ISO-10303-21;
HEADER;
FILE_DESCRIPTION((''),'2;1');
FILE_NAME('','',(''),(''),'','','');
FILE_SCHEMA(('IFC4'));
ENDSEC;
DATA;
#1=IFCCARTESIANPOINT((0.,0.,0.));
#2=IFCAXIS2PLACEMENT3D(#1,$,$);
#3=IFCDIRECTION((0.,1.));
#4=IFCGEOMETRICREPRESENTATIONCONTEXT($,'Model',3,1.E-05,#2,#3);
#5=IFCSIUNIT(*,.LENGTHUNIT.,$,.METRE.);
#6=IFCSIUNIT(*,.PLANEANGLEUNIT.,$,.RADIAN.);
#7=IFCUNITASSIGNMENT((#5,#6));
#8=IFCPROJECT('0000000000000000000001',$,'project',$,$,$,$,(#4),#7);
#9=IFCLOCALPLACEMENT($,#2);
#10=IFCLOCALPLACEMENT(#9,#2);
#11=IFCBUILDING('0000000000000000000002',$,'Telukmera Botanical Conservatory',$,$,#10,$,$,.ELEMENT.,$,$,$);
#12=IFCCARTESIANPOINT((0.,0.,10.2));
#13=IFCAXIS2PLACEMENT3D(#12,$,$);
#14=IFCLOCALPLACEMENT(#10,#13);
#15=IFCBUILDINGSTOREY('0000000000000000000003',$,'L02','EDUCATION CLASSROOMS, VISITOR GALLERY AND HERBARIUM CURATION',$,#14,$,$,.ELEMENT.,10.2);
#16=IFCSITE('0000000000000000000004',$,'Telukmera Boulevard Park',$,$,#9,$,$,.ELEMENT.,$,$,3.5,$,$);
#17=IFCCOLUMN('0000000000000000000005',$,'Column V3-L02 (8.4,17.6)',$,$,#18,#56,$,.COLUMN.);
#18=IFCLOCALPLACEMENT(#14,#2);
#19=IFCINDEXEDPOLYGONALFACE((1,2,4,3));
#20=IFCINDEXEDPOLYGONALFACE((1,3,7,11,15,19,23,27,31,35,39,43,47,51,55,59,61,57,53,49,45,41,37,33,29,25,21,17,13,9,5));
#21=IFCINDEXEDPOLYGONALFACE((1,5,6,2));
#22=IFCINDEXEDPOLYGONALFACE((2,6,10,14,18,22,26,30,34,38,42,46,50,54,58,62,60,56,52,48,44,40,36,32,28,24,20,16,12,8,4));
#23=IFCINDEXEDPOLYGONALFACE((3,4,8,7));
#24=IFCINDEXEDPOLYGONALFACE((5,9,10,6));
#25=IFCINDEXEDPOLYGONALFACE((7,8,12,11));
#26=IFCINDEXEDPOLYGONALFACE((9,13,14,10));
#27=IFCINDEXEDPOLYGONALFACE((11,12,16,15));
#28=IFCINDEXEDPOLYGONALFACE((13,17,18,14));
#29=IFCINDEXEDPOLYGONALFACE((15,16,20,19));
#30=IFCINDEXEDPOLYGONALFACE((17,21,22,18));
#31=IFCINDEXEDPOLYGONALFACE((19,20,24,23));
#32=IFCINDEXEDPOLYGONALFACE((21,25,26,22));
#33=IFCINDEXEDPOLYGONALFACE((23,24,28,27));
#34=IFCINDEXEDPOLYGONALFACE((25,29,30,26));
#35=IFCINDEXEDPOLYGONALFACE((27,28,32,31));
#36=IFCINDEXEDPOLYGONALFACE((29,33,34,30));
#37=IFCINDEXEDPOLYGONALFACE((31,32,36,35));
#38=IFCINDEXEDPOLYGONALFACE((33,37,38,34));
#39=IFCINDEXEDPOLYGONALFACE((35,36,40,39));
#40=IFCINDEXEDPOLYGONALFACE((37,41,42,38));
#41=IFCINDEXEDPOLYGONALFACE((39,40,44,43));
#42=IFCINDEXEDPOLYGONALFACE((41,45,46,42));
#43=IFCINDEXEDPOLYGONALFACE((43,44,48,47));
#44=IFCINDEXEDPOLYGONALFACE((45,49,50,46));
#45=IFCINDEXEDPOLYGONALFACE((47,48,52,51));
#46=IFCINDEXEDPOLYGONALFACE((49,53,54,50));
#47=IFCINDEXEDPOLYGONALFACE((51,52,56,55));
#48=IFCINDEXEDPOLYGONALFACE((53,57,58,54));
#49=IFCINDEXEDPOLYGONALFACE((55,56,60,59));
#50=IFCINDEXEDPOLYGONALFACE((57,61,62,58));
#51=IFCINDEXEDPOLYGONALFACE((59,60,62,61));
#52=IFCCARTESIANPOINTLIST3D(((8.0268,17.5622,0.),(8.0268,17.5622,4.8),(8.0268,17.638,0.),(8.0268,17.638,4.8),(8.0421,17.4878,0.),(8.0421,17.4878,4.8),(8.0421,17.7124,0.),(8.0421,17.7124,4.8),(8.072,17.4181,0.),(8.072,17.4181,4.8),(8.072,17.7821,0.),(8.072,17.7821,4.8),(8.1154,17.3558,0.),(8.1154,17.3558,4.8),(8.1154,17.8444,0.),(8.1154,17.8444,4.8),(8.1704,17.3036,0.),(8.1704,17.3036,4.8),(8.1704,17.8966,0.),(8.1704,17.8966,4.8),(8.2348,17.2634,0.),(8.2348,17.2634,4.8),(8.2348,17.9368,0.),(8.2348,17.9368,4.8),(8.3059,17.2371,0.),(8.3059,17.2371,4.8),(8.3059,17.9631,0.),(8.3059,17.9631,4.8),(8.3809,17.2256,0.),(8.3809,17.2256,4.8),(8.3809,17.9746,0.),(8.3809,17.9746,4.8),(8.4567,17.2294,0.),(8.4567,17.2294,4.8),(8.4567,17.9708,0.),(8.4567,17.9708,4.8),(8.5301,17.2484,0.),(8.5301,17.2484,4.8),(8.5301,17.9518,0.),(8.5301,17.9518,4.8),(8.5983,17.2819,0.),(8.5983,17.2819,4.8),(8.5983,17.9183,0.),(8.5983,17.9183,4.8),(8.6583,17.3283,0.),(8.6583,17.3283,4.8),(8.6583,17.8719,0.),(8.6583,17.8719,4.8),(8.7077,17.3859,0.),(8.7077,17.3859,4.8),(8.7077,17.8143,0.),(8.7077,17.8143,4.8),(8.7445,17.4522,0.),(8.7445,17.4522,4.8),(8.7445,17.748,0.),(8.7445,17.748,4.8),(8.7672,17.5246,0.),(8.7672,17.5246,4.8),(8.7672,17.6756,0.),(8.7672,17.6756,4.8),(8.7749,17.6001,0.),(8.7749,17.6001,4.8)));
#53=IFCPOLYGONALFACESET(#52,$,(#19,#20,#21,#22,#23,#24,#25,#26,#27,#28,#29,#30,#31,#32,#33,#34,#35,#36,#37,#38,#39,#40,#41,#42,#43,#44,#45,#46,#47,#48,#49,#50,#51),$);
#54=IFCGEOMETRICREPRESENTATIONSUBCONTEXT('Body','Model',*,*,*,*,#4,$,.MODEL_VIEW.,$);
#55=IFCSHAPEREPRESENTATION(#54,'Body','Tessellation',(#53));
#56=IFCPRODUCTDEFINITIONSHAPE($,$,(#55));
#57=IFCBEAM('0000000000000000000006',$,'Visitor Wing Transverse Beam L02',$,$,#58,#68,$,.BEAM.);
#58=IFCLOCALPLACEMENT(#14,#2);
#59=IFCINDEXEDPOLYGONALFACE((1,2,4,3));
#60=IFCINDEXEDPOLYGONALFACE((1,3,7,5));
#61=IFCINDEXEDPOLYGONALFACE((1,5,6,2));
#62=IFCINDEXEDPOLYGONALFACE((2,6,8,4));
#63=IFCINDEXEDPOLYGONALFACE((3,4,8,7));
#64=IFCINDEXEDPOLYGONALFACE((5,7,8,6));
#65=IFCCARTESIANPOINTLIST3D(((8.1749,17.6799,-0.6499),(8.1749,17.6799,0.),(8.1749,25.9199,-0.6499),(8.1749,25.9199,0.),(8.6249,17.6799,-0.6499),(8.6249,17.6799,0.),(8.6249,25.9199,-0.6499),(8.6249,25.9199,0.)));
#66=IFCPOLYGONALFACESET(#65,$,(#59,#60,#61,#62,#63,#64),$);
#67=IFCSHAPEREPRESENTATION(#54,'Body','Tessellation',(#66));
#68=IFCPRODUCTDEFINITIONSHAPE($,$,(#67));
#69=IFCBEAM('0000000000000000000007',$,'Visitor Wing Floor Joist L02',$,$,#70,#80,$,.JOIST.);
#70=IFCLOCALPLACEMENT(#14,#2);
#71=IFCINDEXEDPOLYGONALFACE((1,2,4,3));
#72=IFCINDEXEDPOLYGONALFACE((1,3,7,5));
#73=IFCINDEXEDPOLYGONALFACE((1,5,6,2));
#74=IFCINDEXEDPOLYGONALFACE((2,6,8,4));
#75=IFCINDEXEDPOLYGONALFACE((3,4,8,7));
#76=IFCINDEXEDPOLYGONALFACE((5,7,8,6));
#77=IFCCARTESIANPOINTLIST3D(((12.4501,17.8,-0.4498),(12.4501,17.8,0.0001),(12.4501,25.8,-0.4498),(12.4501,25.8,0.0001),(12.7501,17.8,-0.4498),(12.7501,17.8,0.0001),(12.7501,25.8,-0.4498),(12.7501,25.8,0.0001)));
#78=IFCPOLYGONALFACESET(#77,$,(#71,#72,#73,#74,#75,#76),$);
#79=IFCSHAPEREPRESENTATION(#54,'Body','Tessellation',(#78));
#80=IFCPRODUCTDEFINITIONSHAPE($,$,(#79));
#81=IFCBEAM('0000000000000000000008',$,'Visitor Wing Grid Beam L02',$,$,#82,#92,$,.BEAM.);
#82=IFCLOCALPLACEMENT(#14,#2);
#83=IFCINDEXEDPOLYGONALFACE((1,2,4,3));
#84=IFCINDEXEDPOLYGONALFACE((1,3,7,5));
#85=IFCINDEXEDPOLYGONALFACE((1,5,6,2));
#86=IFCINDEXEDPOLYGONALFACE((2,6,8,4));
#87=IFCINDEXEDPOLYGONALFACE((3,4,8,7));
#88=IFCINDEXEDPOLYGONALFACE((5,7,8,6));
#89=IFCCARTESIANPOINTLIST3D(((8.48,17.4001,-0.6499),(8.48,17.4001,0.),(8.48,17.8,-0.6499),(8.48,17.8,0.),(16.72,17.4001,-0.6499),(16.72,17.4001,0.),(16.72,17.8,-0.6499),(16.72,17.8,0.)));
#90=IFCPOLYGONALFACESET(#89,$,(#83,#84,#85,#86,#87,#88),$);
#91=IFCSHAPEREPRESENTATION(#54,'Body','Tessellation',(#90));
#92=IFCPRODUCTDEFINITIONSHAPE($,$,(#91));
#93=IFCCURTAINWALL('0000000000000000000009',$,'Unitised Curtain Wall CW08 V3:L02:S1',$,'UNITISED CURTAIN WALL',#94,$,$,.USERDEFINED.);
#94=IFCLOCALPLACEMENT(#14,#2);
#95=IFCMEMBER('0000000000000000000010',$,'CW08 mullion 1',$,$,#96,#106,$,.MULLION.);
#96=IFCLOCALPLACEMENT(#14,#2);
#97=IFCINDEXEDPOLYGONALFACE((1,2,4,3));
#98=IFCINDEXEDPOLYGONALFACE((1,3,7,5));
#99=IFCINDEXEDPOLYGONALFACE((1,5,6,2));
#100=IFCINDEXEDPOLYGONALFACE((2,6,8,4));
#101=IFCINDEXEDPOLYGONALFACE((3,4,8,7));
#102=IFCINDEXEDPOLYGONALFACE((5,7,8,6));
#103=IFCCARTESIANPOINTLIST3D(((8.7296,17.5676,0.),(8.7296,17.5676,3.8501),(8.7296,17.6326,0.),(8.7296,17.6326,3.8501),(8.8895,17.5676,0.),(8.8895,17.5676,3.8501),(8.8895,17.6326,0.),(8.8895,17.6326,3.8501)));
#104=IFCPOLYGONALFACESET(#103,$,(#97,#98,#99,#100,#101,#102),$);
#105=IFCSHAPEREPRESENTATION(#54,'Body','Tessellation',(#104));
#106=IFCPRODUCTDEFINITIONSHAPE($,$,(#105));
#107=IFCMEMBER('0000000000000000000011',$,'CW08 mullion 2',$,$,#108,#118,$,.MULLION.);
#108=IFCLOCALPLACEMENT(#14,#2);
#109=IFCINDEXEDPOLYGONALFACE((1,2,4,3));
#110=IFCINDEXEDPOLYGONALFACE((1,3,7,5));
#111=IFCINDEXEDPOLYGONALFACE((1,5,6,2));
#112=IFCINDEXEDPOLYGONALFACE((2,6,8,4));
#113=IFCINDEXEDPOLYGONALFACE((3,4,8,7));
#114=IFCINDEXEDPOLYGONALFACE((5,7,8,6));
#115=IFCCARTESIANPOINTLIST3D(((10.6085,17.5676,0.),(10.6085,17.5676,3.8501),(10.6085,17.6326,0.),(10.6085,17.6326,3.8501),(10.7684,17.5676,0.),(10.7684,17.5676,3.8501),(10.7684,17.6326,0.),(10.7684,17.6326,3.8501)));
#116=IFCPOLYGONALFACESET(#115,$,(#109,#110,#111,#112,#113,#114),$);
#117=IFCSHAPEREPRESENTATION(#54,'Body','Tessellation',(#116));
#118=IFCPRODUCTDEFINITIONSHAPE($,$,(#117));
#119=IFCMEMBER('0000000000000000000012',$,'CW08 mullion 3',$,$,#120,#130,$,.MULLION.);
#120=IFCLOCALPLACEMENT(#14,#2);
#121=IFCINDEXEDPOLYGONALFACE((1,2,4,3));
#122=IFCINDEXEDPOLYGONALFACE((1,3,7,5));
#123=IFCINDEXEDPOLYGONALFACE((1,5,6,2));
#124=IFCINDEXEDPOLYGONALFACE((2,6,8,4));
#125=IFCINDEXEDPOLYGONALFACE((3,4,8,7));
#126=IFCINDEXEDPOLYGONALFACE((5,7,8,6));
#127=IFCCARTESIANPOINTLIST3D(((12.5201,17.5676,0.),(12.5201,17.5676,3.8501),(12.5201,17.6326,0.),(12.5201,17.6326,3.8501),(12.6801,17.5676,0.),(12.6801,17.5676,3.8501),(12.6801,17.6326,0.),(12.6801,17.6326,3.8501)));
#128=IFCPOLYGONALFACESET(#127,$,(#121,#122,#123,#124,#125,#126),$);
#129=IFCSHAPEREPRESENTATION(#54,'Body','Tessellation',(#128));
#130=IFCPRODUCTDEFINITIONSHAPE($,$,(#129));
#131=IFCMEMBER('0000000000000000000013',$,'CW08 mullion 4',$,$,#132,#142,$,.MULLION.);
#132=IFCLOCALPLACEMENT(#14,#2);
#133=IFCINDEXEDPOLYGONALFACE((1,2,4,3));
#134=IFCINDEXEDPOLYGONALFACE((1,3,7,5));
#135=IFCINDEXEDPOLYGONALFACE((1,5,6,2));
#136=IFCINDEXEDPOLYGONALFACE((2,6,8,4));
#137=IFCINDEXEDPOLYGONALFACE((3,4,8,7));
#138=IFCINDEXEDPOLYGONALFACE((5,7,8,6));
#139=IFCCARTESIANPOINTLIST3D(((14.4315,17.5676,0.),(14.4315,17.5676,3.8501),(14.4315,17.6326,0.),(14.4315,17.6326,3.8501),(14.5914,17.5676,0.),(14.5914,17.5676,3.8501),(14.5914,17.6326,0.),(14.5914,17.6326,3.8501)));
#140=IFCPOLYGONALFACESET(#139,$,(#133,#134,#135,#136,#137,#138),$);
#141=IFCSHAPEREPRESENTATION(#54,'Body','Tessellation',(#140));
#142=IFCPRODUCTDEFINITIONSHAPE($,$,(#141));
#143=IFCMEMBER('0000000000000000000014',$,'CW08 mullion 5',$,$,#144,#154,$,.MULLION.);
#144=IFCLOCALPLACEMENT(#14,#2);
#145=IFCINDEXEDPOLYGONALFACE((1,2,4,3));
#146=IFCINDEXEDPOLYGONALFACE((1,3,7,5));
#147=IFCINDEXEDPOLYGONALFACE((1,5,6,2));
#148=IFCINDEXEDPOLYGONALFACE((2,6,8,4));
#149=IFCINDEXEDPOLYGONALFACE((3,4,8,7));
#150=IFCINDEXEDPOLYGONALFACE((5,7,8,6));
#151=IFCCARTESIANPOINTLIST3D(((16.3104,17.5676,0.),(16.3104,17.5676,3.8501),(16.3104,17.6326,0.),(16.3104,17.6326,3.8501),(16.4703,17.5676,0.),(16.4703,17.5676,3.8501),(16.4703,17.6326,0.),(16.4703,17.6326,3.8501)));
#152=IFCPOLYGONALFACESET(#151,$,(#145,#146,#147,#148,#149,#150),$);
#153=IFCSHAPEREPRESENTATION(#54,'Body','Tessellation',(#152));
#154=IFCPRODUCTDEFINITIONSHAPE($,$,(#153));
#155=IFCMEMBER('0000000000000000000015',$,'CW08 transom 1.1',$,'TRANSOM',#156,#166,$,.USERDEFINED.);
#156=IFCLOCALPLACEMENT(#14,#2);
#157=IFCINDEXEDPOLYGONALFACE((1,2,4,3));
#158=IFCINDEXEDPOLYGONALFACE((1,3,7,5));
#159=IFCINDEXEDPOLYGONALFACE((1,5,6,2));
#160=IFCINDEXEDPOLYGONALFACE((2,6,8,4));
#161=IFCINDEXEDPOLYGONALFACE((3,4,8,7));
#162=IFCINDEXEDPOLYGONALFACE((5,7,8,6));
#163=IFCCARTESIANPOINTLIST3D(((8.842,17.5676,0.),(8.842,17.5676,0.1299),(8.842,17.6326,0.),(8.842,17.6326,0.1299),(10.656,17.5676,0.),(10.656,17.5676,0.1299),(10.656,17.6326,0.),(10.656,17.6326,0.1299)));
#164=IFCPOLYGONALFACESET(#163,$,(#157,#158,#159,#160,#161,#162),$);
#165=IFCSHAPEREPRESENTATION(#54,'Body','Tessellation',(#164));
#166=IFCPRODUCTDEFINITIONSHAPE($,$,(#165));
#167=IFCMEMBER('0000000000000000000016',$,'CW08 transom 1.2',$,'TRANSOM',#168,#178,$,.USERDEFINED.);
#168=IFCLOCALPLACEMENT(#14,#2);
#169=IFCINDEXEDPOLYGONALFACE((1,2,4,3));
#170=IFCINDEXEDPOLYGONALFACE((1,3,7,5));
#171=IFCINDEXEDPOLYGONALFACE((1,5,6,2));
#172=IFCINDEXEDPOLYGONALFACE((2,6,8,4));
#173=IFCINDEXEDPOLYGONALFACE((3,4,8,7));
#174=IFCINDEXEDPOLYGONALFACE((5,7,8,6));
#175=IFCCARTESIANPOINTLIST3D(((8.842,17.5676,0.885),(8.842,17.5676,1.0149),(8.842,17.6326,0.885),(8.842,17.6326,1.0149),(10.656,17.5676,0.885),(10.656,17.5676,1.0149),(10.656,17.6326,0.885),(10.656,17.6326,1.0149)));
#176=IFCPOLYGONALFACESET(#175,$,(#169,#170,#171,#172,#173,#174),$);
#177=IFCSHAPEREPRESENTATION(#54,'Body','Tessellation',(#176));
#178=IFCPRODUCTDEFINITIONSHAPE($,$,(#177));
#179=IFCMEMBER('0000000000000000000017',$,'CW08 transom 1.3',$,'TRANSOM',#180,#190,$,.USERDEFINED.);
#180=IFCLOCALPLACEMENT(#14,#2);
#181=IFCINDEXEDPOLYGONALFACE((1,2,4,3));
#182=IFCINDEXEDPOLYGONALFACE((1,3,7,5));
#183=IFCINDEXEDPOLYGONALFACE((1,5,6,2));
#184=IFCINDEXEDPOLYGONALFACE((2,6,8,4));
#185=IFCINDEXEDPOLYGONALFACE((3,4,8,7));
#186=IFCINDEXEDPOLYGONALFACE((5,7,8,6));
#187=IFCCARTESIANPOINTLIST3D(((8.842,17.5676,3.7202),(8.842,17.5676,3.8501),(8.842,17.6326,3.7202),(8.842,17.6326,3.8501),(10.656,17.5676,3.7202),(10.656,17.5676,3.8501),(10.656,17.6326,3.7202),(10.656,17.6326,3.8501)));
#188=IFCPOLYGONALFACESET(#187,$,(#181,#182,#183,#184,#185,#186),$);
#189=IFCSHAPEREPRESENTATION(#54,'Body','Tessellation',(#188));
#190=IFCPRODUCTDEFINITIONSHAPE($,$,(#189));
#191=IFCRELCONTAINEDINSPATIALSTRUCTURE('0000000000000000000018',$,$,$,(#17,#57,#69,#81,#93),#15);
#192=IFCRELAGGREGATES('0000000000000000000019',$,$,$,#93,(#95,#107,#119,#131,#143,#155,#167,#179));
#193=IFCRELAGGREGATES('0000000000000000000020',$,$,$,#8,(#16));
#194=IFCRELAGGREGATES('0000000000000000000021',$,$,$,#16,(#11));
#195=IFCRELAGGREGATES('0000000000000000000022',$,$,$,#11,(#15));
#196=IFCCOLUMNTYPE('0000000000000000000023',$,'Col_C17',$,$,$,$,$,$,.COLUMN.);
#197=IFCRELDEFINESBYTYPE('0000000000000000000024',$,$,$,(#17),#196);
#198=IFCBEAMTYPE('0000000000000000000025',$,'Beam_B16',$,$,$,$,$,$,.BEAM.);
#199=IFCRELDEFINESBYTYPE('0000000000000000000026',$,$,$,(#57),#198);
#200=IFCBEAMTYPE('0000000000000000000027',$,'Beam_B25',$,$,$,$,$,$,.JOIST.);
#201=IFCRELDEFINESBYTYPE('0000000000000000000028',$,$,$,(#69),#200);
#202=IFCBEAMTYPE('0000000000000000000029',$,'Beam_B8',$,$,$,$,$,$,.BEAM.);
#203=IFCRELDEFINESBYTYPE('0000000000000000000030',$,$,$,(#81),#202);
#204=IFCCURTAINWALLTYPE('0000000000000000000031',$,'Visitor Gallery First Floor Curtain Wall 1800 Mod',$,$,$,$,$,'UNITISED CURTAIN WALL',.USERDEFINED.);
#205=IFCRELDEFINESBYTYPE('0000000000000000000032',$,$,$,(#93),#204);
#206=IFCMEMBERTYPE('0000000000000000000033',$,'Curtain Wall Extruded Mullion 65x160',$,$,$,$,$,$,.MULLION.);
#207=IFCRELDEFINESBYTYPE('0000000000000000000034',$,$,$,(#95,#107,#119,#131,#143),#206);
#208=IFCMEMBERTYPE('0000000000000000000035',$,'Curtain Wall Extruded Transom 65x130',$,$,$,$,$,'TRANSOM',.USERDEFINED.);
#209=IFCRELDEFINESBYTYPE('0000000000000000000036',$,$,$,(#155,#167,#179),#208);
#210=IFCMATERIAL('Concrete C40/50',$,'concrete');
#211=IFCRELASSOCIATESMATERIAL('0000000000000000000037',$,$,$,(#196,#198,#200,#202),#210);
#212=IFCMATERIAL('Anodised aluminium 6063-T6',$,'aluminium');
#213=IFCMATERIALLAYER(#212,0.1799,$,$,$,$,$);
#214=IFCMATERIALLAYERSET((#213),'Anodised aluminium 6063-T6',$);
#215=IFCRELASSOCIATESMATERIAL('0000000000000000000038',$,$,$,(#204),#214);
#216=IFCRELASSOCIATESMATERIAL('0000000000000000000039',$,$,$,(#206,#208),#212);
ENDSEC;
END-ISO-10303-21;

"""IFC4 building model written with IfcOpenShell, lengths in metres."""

from ifc_helpers import new_model, si_unit, direction, frame, origin, origin_2d, place, context, subcontext, project, spatial, rectangle, circle, extrude, material, layer, layer_set, material_profile, profile_set, type_object, element, aggregate, save


model = new_model("IFC4")

# Units and contexts
model_context = context("Model", 3, precision=1e-05, world=origin(), true_north=direction((0.0, 1.0)))
body_context = subcontext(model_context, "Body", "Model", "MODEL_VIEW")
ifc_project = project(units=[si_unit("LENGTHUNIT", "METRE"), si_unit("PLANEANGLEUNIT", "RADIAN")], contexts=[model_context])

# Site, building, storey
site_placement = place(None, origin())
site = spatial("IfcSite", under=ifc_project, at=site_placement, Name="Telukmera Boulevard Park", CompositionType="ELEMENT", RefElevation=3.5)
building_placement = place(site_placement, origin())
building = spatial("IfcBuilding", under=site, at=building_placement, Name="Telukmera Botanical Conservatory", CompositionType="ELEMENT")
storey_placement = place(building_placement, frame((0.0, 0.0, 10.2)))
storey = spatial("IfcBuildingStorey", under=building, at=storey_placement, Name="L02", Description="EDUCATION CLASSROOMS, VISITOR GALLERY AND HERBARIUM CURATION", CompositionType="ELEMENT", Elevation=10.2)

# Column
ifc_material_1 = material(Name="Concrete C40/50", Category="concrete")
ifc_material_profile_1 = material_profile(ifc_material_1, circle(Radius=0.375, at=origin_2d()), Name="RC D750")
ifc_profile_set_1 = profile_set([ifc_material_profile_1], Name="Concrete C40/50")
column_type = type_object("IfcColumnType", Name="Col_C17", PredefinedType="COLUMN", material=ifc_profile_set_1)
column_placement = place(storey_placement, frame((8.3999, 17.6001, 0.0), z_axis=(0.0, 0.0, 1.0), x_axis=(1.0, 0.0, 0.0)))
element("IfcColumn", 1, at=column_placement, inside=storey, type_object=column_type, Name="Column V3-L02 (8.4,17.6)", PredefinedType="COLUMN", context=body_context, shape_type="SweptSolid", body=[
    extrude(circle(Radius=0.375, at=origin_2d()), origin(), (0.0, 0.0, 1.0), 4.8),
])

# Beams
ifc_material_profile_2 = material_profile(ifc_material_1, rectangle(XDim=0.45, YDim=0.6499, at=origin_2d()), Name="RC 450x650")
ifc_profile_set_2 = profile_set([ifc_material_profile_2], Name="Concrete C40/50")
beam_type_1 = type_object("IfcBeamType", Name="Beam_B16", PredefinedType="BEAM", material=ifc_profile_set_2)
beam_1_placement = place(storey_placement, frame((8.3999, 17.6799, -0.325), z_axis=(0.0, 1.0, 0.0), x_axis=(-1.0, 0.0, 0.0)))
element("IfcBeam", 2, at=beam_1_placement, inside=storey, type_object=beam_type_1, Name="Visitor Wing Transverse Beam L02", PredefinedType="BEAM", context=body_context, shape_type="SweptSolid", body=[
    extrude(rectangle(XDim=0.45, YDim=0.6499, at=origin_2d()), origin(), (0.0, 0.0, 1.0), 8.24),
])
ifc_material_profile_3 = material_profile(ifc_material_1, rectangle(XDim=0.3, YDim=0.45, at=origin_2d()), Name="RC 300x450")
ifc_profile_set_3 = profile_set([ifc_material_profile_3], Name="Concrete C40/50")
beam_type_2 = type_object("IfcBeamType", Name="Beam_B25", PredefinedType="JOIST", material=ifc_profile_set_3)
beam_2_placement = place(storey_placement, frame((12.6001, 17.8, -0.2249), z_axis=(0.0, 1.0, 0.0), x_axis=(-1.0, 0.0, 0.0)))
element("IfcBeam", 3, at=beam_2_placement, inside=storey, type_object=beam_type_2, Name="Visitor Wing Floor Joist L02", PredefinedType="JOIST", context=body_context, shape_type="SweptSolid", body=[
    extrude(rectangle(XDim=0.3, YDim=0.45, at=origin_2d()), origin(), (0.0, 0.0, 1.0), 8.0),
])
ifc_material_profile_4 = material_profile(ifc_material_1, rectangle(XDim=0.3999, YDim=0.6499, at=origin_2d()), Name="RC 400x650")
ifc_profile_set_4 = profile_set([ifc_material_profile_4], Name="Concrete C40/50")
beam_type_3 = type_object("IfcBeamType", Name="Beam_B8", PredefinedType="BEAM", material=ifc_profile_set_4)
beam_3_placement = place(storey_placement, frame((8.48, 17.6001, -0.325), z_axis=(1.0, 0.0, 0.0), x_axis=(0.0, 1.0, 0.0)))
element("IfcBeam", 4, at=beam_3_placement, inside=storey, type_object=beam_type_3, Name="Visitor Wing Grid Beam L02", PredefinedType="BEAM", context=body_context, shape_type="SweptSolid", body=[
    extrude(rectangle(XDim=0.3999, YDim=0.6499, at=origin_2d()), origin(), (0.0, 0.0, 1.0), 8.24),
])

# Curtain wall, members
ifc_material_2 = material(Name="Anodised aluminium 6063-T6", Category="aluminium")
ifc_layer_1 = layer(ifc_material_2, 0.1799)
ifc_layer_set_1 = layer_set([ifc_layer_1], Name="Anodised aluminium 6063-T6")
curtain_wall_type = type_object("IfcCurtainWallType", Name="Visitor Gallery First Floor Curtain Wall 1800 Mod", ElementType="UNITISED CURTAIN WALL", PredefinedType="USERDEFINED", material=ifc_layer_set_1)
curtain_wall_placement = place(storey_placement, origin())
curtain_wall = element("IfcCurtainWall", 5, at=curtain_wall_placement, inside=storey, type_object=curtain_wall_type, Name="Unitised Curtain Wall CW08 V3:L02:S1", ObjectType="UNITISED CURTAIN WALL", PredefinedType="USERDEFINED")
ifc_material_profile_5 = material_profile(ifc_material_2, rectangle(XDim=0.0649, YDim=0.1599, at=origin_2d()), Name="ALU MULL 65x160")
ifc_profile_set_5 = profile_set([ifc_material_profile_5], Name="Anodised aluminium 6063-T6")
member_type_1 = type_object("IfcMemberType", Name="Curtain Wall Extruded Mullion 65x160", PredefinedType="MULLION", material=ifc_profile_set_5)
member_1_placement = place(storey_placement, frame((8.8096, 17.6001, 0.0), z_axis=(0.0, 0.0, 1.0), x_axis=(0.0, 1.0, 0.0)))
member_1 = element("IfcMember", 6, at=member_1_placement, type_object=member_type_1, Name="CW08 mullion 1", PredefinedType="MULLION", context=body_context, shape_type="SweptSolid", body=[
    extrude(rectangle(XDim=0.0649, YDim=0.1599, at=origin_2d()), origin(), (0.0, 0.0, 1.0), 3.8501),
])
member_2_placement = place(storey_placement, frame((10.6885, 17.6001, 0.0), z_axis=(0.0, 0.0, 1.0), x_axis=(0.0, 1.0, 0.0)))
member_2 = element("IfcMember", 7, at=member_2_placement, type_object=member_type_1, Name="CW08 mullion 2", PredefinedType="MULLION", context=body_context, shape_type="SweptSolid", body=[
    extrude(rectangle(XDim=0.0649, YDim=0.1599, at=origin_2d()), origin(), (0.0, 0.0, 1.0), 3.8501),
])
member_3_placement = place(storey_placement, frame((12.6001, 17.6001, 0.0), z_axis=(0.0, 0.0, 1.0), x_axis=(0.0, 1.0, 0.0)))
member_3 = element("IfcMember", 8, at=member_3_placement, type_object=member_type_1, Name="CW08 mullion 3", PredefinedType="MULLION", context=body_context, shape_type="SweptSolid", body=[
    extrude(rectangle(XDim=0.0649, YDim=0.1599, at=origin_2d()), origin(), (0.0, 0.0, 1.0), 3.8501),
])
member_4_placement = place(storey_placement, frame((14.5115, 17.6001, 0.0), z_axis=(0.0, 0.0, 1.0), x_axis=(0.0, 1.0, 0.0)))
member_4 = element("IfcMember", 9, at=member_4_placement, type_object=member_type_1, Name="CW08 mullion 4", PredefinedType="MULLION", context=body_context, shape_type="SweptSolid", body=[
    extrude(rectangle(XDim=0.0649, YDim=0.1599, at=origin_2d()), origin(), (0.0, 0.0, 1.0), 3.8501),
])
member_5_placement = place(storey_placement, frame((16.3904, 17.6001, 0.0), z_axis=(0.0, 0.0, 1.0), x_axis=(0.0, 1.0, 0.0)))
member_5 = element("IfcMember", 10, at=member_5_placement, type_object=member_type_1, Name="CW08 mullion 5", PredefinedType="MULLION", context=body_context, shape_type="SweptSolid", body=[
    extrude(rectangle(XDim=0.0649, YDim=0.1599, at=origin_2d()), origin(), (0.0, 0.0, 1.0), 3.8501),
])
ifc_material_profile_6 = material_profile(ifc_material_2, rectangle(XDim=0.0649, YDim=0.1299, at=origin_2d()), Name="ALU TRAN 65x130")
ifc_profile_set_6 = profile_set([ifc_material_profile_6], Name="Anodised aluminium 6063-T6")
member_type_2 = type_object("IfcMemberType", Name="Curtain Wall Extruded Transom 65x130", ElementType="TRANSOM", PredefinedType="USERDEFINED", material=ifc_profile_set_6)
member_6_placement = place(storey_placement, frame((8.842, 17.6001, 0.0649), z_axis=(1.0, 0.0, 0.0), x_axis=(0.0, 1.0, 0.0)))
member_6 = element("IfcMember", 11, at=member_6_placement, type_object=member_type_2, Name="CW08 transom 1.1", ObjectType="TRANSOM", PredefinedType="USERDEFINED", context=body_context, shape_type="SweptSolid", body=[
    extrude(rectangle(XDim=0.0649, YDim=0.1299, at=origin_2d()), origin(), (0.0, 0.0, 1.0), 1.814),
])
member_7_placement = place(storey_placement, frame((8.842, 17.6001, 0.95), z_axis=(1.0, 0.0, 0.0), x_axis=(0.0, 1.0, 0.0)))
member_7 = element("IfcMember", 12, at=member_7_placement, type_object=member_type_2, Name="CW08 transom 1.2", ObjectType="TRANSOM", PredefinedType="USERDEFINED", context=body_context, shape_type="SweptSolid", body=[
    extrude(rectangle(XDim=0.0649, YDim=0.1299, at=origin_2d()), origin(), (0.0, 0.0, 1.0), 1.814),
])
member_8_placement = place(storey_placement, frame((8.842, 17.6001, 3.7852), z_axis=(1.0, 0.0, 0.0), x_axis=(0.0, 1.0, 0.0)))
member_8 = element("IfcMember", 13, at=member_8_placement, type_object=member_type_2, Name="CW08 transom 1.3", ObjectType="TRANSOM", PredefinedType="USERDEFINED", context=body_context, shape_type="SweptSolid", body=[
    extrude(rectangle(XDim=0.0649, YDim=0.1299, at=origin_2d()), origin(), (0.0, 0.0, 1.0), 1.814),
])
aggregate(curtain_wall, [member_1, member_2, member_3, member_4, member_5, member_6, member_7, member_8])

save(model, "model.ifc")
